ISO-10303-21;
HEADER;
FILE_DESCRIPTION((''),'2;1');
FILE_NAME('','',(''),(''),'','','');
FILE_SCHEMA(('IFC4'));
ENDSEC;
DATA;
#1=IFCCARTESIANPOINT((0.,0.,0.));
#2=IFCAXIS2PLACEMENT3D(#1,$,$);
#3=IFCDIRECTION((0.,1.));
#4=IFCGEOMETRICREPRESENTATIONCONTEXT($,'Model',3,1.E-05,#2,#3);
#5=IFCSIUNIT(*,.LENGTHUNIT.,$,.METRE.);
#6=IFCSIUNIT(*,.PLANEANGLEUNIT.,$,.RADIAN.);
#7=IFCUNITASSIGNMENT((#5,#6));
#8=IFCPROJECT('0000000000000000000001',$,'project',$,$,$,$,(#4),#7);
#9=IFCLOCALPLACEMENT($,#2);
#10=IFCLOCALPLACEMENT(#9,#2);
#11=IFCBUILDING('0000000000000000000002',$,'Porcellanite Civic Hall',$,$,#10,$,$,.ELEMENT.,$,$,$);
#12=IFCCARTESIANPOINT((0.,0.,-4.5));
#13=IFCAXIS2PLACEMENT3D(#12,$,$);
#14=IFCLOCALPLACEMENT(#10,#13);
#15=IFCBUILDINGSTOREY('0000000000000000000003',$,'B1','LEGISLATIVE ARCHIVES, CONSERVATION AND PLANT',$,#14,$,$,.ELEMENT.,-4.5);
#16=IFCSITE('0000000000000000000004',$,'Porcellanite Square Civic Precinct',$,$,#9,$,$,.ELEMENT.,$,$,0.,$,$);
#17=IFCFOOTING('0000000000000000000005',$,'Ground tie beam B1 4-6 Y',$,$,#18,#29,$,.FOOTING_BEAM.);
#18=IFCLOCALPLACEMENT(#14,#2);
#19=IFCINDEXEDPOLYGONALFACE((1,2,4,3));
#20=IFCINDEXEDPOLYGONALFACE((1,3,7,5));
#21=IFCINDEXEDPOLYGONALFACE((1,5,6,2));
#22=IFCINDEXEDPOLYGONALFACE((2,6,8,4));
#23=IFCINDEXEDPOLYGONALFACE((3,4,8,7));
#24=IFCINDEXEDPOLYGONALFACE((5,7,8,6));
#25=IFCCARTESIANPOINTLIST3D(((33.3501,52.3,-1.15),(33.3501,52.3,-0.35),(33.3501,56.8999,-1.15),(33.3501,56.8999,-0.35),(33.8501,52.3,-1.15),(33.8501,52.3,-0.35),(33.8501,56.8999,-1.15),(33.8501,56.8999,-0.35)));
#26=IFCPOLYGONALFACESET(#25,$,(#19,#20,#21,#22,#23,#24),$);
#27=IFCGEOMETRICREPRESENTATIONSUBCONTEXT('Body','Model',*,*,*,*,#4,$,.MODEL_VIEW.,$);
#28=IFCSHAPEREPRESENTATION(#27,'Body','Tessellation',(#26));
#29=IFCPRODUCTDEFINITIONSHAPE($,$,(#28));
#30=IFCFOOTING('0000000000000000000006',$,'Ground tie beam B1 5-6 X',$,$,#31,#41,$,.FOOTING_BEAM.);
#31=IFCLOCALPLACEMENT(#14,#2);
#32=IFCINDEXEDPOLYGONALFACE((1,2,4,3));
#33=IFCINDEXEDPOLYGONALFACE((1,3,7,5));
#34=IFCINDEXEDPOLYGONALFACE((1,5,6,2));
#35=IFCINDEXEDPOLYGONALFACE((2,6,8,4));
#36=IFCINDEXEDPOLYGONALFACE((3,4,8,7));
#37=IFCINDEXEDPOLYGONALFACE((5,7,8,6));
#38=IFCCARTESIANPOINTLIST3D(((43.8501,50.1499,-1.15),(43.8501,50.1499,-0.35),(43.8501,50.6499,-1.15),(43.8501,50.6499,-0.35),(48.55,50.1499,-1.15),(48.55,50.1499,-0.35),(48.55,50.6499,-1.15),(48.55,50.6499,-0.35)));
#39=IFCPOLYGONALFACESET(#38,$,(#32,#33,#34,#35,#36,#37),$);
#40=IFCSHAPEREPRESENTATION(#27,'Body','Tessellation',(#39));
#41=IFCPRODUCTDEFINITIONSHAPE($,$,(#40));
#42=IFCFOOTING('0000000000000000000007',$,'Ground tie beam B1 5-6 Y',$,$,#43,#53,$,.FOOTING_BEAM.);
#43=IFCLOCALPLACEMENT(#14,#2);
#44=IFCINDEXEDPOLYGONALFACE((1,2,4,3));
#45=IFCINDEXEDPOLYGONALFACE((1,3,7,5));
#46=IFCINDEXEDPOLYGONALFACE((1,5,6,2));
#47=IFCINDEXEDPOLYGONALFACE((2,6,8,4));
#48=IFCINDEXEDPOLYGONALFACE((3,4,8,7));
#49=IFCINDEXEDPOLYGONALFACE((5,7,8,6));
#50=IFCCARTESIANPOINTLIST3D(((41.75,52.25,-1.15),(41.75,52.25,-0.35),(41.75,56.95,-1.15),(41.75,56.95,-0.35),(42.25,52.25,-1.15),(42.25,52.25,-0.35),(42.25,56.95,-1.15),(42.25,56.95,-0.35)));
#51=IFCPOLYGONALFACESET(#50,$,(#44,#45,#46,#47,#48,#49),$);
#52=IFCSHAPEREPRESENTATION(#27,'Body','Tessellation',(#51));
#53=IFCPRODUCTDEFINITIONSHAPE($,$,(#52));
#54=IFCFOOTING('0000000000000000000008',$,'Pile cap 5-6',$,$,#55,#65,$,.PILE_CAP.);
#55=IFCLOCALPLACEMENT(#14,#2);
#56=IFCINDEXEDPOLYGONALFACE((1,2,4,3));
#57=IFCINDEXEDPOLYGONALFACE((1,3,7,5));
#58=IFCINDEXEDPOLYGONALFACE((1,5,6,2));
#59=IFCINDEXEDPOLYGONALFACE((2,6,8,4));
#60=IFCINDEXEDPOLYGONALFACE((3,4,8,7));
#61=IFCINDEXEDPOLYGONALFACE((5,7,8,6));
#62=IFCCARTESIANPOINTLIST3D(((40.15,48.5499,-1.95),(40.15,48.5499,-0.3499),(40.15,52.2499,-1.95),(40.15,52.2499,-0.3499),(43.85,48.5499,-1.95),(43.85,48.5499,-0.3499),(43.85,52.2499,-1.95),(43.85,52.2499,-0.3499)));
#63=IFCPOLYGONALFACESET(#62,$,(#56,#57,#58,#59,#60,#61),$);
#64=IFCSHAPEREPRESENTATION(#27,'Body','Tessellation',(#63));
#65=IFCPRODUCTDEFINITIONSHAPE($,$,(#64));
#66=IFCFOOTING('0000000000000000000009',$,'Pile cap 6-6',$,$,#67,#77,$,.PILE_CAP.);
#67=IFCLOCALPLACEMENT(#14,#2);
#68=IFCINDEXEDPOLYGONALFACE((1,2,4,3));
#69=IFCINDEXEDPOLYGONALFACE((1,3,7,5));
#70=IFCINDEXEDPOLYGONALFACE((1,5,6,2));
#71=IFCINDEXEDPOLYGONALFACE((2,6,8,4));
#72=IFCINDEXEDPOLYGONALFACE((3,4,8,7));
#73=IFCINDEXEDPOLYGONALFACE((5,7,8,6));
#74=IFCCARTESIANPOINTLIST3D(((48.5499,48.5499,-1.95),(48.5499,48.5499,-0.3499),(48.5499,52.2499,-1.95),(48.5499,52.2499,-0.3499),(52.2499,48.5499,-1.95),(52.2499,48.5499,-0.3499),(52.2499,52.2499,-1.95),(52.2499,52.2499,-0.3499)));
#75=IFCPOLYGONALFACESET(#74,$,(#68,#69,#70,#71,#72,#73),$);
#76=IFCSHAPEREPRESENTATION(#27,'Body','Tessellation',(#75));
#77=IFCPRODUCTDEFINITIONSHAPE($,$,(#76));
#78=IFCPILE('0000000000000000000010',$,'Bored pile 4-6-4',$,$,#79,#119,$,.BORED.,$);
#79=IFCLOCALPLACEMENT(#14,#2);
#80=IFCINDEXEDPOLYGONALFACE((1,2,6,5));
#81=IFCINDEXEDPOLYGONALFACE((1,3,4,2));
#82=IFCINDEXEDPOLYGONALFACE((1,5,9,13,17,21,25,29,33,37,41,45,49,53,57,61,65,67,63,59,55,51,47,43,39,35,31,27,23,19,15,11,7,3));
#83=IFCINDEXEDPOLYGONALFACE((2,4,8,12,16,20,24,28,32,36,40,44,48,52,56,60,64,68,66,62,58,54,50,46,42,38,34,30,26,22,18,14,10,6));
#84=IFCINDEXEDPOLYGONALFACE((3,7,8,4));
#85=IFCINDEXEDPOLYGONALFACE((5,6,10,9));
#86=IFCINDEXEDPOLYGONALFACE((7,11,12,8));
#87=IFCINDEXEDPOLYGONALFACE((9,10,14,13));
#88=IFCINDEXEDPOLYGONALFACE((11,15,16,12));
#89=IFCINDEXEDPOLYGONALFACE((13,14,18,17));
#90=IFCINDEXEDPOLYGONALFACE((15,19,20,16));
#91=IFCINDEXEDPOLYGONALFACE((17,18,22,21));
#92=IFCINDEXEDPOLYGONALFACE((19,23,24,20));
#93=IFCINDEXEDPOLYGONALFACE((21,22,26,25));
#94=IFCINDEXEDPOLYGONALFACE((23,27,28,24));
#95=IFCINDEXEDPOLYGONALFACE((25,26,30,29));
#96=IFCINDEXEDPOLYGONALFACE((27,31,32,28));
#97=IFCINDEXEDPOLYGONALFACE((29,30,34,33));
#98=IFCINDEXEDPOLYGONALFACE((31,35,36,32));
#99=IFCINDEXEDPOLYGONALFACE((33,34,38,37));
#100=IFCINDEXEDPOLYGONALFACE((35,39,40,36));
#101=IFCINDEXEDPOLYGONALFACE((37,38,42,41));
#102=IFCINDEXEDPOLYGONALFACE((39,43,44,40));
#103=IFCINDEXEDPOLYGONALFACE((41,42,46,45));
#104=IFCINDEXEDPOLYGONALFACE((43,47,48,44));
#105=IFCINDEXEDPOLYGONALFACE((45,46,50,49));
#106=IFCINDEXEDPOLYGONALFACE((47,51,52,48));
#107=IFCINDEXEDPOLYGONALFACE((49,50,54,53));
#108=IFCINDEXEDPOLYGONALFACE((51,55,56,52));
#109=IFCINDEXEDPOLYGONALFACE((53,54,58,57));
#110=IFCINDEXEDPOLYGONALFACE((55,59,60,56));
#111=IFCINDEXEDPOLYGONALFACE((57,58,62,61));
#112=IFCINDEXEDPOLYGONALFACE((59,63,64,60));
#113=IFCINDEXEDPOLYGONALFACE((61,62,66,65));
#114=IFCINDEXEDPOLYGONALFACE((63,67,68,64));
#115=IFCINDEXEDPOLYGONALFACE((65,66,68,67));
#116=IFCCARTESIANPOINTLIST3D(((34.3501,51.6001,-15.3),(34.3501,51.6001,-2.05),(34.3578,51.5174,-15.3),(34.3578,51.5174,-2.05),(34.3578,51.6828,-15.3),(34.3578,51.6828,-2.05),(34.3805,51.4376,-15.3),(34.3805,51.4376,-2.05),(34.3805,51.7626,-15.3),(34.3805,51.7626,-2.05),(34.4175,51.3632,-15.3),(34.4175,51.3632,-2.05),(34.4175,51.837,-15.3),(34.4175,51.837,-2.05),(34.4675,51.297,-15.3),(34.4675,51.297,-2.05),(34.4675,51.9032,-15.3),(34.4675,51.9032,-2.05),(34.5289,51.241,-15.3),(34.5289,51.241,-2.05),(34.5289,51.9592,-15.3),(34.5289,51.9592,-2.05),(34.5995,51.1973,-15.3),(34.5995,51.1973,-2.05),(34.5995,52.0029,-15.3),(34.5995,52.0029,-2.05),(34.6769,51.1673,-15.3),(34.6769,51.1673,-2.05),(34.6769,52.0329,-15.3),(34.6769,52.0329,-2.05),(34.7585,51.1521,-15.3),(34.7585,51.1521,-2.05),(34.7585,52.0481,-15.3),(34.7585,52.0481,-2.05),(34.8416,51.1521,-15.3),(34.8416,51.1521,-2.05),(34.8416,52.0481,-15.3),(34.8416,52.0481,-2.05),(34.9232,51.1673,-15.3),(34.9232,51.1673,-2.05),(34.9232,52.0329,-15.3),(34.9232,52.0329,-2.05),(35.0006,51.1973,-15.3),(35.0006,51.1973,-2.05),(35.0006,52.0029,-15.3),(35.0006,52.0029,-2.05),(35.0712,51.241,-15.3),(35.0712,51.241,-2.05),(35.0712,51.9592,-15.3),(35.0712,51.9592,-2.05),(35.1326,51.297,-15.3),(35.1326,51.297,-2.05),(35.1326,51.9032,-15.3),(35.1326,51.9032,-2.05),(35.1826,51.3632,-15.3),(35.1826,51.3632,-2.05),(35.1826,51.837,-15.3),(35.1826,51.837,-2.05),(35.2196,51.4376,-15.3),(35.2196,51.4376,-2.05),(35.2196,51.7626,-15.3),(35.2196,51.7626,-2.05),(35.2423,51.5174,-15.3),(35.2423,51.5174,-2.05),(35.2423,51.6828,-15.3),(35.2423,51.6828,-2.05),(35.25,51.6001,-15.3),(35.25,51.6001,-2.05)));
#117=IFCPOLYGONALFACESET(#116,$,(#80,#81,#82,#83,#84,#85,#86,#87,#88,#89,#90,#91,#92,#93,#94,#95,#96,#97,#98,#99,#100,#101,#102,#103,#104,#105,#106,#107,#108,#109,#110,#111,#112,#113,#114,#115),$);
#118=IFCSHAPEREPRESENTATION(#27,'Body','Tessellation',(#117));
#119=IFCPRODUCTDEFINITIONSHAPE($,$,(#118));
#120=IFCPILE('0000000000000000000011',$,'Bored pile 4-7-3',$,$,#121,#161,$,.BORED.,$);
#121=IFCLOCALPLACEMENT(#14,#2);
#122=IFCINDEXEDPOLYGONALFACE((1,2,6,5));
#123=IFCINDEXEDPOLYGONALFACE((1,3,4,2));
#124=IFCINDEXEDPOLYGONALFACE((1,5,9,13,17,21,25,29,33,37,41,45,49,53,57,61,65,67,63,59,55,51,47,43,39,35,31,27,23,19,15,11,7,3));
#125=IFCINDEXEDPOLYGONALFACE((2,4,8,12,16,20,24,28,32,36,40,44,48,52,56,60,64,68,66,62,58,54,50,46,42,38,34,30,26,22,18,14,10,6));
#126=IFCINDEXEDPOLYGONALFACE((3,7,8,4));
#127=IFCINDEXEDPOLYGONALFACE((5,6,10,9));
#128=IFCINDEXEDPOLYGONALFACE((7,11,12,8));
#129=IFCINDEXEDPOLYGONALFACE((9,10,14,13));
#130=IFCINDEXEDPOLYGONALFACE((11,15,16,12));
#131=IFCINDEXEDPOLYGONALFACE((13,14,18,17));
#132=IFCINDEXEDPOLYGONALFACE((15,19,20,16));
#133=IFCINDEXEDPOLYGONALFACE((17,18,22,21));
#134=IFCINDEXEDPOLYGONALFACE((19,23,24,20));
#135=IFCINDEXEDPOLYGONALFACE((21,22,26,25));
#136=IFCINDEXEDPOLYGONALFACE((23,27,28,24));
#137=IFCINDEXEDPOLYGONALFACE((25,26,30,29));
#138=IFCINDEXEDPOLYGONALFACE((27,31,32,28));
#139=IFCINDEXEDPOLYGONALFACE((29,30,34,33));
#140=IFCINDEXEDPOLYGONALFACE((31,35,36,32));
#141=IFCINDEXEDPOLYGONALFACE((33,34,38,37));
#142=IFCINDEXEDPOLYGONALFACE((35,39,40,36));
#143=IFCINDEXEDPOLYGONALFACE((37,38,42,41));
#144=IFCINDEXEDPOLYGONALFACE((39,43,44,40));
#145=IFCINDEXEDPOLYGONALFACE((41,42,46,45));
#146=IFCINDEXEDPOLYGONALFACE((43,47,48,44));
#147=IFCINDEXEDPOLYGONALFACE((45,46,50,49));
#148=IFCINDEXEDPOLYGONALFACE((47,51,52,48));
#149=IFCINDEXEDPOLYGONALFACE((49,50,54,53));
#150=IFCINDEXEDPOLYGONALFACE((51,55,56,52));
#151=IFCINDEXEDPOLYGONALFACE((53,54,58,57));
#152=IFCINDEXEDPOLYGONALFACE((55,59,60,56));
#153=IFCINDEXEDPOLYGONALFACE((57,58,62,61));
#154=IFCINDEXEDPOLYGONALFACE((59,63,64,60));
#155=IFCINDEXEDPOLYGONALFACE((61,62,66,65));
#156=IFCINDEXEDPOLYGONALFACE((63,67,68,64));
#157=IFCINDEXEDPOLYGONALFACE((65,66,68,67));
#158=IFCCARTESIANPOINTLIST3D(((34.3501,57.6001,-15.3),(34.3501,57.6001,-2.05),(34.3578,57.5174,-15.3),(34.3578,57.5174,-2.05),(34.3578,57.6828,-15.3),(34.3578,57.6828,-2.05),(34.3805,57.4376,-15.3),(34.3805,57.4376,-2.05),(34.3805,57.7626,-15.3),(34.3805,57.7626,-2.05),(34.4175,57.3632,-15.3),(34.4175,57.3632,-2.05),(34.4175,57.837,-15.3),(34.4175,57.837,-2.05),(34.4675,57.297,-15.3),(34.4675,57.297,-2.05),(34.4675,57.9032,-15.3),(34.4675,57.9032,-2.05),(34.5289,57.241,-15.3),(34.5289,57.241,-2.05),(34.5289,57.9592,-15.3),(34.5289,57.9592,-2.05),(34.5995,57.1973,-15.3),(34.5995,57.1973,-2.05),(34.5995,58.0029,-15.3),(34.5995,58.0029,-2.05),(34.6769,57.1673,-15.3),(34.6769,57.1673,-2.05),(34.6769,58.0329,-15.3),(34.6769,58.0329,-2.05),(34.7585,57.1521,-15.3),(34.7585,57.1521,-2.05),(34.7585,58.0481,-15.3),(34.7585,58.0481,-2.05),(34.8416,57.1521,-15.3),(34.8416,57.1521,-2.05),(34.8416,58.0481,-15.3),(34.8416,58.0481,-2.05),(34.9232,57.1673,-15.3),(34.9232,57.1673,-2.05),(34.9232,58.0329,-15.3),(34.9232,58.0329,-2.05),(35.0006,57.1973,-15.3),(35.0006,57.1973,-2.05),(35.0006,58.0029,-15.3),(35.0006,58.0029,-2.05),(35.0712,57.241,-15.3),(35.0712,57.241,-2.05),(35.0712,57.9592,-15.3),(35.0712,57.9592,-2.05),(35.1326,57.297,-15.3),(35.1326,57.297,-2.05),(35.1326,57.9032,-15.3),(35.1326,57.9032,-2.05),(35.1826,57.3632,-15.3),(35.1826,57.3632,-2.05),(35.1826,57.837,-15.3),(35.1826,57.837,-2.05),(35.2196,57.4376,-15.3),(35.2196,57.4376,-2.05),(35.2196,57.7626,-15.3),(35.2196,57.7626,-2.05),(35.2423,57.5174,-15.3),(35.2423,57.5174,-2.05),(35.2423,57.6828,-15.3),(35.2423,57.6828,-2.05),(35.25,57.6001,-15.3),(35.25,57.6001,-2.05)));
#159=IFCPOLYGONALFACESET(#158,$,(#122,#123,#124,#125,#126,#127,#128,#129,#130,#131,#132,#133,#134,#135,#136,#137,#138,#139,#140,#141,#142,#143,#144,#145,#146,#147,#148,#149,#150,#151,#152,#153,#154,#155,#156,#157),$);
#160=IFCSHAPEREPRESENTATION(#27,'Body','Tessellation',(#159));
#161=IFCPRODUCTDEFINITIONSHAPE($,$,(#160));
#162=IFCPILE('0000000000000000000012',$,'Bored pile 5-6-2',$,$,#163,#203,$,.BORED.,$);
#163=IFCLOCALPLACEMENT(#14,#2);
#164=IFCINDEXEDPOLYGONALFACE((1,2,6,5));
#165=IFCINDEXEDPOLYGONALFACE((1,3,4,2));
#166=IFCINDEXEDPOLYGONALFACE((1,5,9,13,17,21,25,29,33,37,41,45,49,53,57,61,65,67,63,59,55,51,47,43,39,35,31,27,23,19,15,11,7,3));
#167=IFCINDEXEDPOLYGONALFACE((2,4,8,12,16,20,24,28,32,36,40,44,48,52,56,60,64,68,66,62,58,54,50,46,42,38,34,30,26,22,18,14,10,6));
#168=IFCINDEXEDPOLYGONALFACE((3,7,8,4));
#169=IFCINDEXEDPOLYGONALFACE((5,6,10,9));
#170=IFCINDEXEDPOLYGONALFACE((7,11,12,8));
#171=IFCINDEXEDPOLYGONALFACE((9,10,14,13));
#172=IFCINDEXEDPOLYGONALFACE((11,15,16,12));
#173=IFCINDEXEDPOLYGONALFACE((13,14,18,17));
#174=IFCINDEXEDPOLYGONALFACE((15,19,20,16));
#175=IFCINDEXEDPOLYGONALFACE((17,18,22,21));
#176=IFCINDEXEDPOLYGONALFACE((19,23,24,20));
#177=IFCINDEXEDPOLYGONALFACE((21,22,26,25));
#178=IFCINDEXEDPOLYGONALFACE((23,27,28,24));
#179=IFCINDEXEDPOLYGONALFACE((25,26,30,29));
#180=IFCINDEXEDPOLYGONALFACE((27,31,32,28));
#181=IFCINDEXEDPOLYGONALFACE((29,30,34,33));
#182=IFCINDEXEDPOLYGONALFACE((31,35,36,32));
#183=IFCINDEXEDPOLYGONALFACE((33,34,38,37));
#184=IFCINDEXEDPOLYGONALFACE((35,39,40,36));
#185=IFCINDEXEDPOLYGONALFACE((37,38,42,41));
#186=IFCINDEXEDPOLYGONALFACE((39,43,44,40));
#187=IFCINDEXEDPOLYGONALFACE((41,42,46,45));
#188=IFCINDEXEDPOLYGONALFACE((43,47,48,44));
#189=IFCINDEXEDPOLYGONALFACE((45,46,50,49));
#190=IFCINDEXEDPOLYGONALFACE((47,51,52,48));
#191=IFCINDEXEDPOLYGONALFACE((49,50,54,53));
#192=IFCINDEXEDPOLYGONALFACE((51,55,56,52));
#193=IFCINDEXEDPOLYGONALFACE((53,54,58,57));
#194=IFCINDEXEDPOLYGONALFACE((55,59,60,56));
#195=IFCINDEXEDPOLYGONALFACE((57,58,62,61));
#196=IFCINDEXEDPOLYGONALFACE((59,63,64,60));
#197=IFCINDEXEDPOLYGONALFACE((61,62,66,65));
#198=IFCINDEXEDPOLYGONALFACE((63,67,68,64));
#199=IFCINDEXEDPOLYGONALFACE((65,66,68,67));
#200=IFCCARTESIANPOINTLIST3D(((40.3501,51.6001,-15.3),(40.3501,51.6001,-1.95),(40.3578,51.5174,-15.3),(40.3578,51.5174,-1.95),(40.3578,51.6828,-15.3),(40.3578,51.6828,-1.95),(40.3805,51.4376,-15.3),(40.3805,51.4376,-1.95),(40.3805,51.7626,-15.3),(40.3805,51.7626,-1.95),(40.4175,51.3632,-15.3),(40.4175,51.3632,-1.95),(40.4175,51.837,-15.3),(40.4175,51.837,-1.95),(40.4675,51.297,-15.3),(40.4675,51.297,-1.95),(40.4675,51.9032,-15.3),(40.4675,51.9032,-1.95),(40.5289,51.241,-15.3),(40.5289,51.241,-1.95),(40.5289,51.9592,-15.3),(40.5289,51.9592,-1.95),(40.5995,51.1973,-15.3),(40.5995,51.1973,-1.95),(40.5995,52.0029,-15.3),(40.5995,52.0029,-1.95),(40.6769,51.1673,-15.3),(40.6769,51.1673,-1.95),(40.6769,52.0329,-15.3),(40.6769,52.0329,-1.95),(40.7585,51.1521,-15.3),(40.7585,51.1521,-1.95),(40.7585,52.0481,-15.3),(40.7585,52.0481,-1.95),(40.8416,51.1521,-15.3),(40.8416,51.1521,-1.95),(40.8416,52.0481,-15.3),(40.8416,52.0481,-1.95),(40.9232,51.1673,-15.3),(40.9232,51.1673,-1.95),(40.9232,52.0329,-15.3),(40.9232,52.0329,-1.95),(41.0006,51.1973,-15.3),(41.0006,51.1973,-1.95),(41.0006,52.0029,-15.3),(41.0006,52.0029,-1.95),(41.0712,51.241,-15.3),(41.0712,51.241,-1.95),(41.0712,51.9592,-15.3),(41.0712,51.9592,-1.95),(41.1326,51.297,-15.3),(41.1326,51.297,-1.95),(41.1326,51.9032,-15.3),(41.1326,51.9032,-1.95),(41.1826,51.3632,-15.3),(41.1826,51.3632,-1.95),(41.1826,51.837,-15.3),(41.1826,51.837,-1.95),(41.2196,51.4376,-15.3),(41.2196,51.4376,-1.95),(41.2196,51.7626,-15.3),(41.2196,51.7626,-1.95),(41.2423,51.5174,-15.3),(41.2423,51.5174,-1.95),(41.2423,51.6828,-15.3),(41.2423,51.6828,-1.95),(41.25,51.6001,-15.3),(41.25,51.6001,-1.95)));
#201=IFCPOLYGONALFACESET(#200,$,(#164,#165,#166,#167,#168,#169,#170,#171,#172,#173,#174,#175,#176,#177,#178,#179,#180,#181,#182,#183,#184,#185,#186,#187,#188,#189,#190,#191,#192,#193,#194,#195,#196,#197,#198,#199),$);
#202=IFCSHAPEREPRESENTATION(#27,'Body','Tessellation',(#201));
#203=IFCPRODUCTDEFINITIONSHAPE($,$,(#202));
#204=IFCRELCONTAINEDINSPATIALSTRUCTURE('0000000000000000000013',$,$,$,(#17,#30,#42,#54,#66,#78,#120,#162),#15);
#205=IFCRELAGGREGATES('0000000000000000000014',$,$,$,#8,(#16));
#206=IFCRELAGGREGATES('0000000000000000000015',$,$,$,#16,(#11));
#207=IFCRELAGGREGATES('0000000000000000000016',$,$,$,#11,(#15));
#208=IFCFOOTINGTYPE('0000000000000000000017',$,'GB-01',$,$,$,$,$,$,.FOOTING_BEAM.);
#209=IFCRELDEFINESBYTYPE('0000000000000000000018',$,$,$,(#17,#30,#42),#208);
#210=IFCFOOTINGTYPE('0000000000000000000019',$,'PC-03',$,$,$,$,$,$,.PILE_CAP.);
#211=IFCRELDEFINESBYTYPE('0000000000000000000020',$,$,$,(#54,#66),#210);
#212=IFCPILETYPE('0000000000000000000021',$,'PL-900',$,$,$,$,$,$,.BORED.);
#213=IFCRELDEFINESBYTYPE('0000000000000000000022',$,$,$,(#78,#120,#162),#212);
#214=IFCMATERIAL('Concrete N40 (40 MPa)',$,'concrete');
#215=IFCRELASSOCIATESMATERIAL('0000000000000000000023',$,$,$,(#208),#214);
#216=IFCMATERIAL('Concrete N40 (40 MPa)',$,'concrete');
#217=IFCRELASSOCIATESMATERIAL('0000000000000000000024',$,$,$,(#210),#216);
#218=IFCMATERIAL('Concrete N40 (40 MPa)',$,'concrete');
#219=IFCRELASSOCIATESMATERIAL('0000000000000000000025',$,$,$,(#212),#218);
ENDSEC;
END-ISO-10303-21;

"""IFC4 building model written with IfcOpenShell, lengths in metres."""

from ifc_helpers import new_model, si_unit, direction, frame, origin, origin_2d, place, context, subcontext, project, spatial, rectangle, circle, extrude, material, material_profile, profile_set, type_object, element, save


model = new_model("IFC4")

# Units and contexts
model_context = context("Model", 3, precision=1e-05, world=origin(), true_north=direction((0.0, 1.0)))
body_context = subcontext(model_context, "Body", "Model", "MODEL_VIEW")
ifc_project = project(units=[si_unit("LENGTHUNIT", "METRE"), si_unit("PLANEANGLEUNIT", "RADIAN")], contexts=[model_context])

# Site, building, storey
site_placement = place(None, origin())
site = spatial("IfcSite", under=ifc_project, at=site_placement, Name="Porcellanite Square Civic Precinct", CompositionType="ELEMENT", RefElevation=0.0)
building_placement = place(site_placement, origin())
building = spatial("IfcBuilding", under=site, at=building_placement, Name="Porcellanite Civic Hall", CompositionType="ELEMENT")
storey_placement = place(building_placement, frame((0.0, 0.0, -4.5)))
storey = spatial("IfcBuildingStorey", under=building, at=storey_placement, Name="B1", Description="LEGISLATIVE ARCHIVES, CONSERVATION AND PLANT", CompositionType="ELEMENT", Elevation=-4.5)

# Footings
ifc_material_1 = material(Name="Concrete N40 (40 MPa)", Category="concrete")
ifc_material_profile_1 = material_profile(ifc_material_1, rectangle(XDim=0.5, YDim=0.8, at=origin_2d()), Name="RC-500x800")
ifc_profile_set_1 = profile_set([ifc_material_profile_1], Name="Concrete N40 (40 MPa)")
footing_type_1 = type_object("IfcFootingType", Name="GB-01", PredefinedType="FOOTING_BEAM", material=ifc_profile_set_1)
footing_placement = place(storey_placement, frame((33.6001, 52.3, -0.75), z_axis=(0.0, 1.0, 0.0), x_axis=(-1.0, 0.0, 0.0)))
element("IfcFooting", 1, at=footing_placement, inside=storey, type_object=footing_type_1, Name="Ground tie beam B1 4-6 Y", PredefinedType="FOOTING_BEAM", context=body_context, shape_type="SweptSolid", body=[
    extrude(rectangle(XDim=0.5, YDim=0.8, at=origin_2d()), origin(), (0.0, 0.0, 1.0), 4.5999),
])
for number, where, z_axis, x_axis, name in (
    (2, (43.8501, 50.3999, -0.75), (1.0, 0.0, 0.0), (0.0, 1.0, 0.0), "Ground tie beam B1 5-6 X"),
    (3, (42.0, 52.25, -0.75), (0.0, 1.0, 0.0), (-1.0, 0.0, 0.0), "Ground tie beam B1 5-6 Y"),
):
    element("IfcFooting", number, at=place(storey_placement, frame(where, z_axis=z_axis, x_axis=x_axis)), inside=storey, type_object=footing_type_1, Name=name, PredefinedType="FOOTING_BEAM", context=body_context, shape_type="SweptSolid", body=[
        extrude(rectangle(XDim=0.5, YDim=0.8, at=origin_2d()), origin(), (0.0, 0.0, 1.0), 4.7),
    ])
ifc_material_2 = material(Name="Concrete N40 (40 MPa)", Category="concrete")
footing_type_2 = type_object("IfcFootingType", Name="PC-03", PredefinedType="PILE_CAP", material=ifc_material_2)
for number, where, z_axis, x_axis, name in (
    (4, (42.0, 50.3999, -1.95), (0.0, 0.0, 1.0), (1.0, 0.0, 0.0), "Pile cap 5-6"),
    (5, (50.3999, 50.3999, -1.95), (0.0, 0.0, 1.0), (1.0, 0.0, 0.0), "Pile cap 6-6"),
):
    element("IfcFooting", number, at=place(storey_placement, frame(where, z_axis=z_axis, x_axis=x_axis)), inside=storey, type_object=footing_type_2, Name=name, PredefinedType="PILE_CAP", context=body_context, shape_type="SweptSolid", body=[
        extrude(rectangle(XDim=3.7, YDim=3.7, at=origin_2d()), origin(), (0.0, 0.0, 1.0), 1.6001),
    ])

# Piles
ifc_material_3 = material(Name="Concrete N40 (40 MPa)", Category="concrete")
ifc_material_profile_2 = material_profile(ifc_material_3, circle(Radius=0.45, at=origin_2d()), Name="PILE-D900")
ifc_profile_set_2 = profile_set([ifc_material_profile_2], Name="Concrete N40 (40 MPa)")
pile_type = type_object("IfcPileType", Name="PL-900", PredefinedType="BORED", material=ifc_profile_set_2)
for number, where, z_axis, x_axis, name in (
    (6, (34.8, 51.6001, -2.05), (0.0, 0.0, -1.0), (1.0, 0.0, 0.0), "Bored pile 4-6-4"),
    (7, (34.8, 57.6001, -2.05), (0.0, 0.0, -1.0), (1.0, 0.0, 0.0), "Bored pile 4-7-3"),
):
    element("IfcPile", number, at=place(storey_placement, frame(where, z_axis=z_axis, x_axis=x_axis)), inside=storey, type_object=pile_type, Name=name, PredefinedType="BORED", context=body_context, shape_type="SweptSolid", body=[
        extrude(circle(Radius=0.45, at=origin_2d()), origin(), (0.0, 0.0, 1.0), 13.25),
    ])
for number, where, z_axis, x_axis, name in (
    (8, (40.8, 51.6001, -1.95), (0.0, 0.0, -1.0), (1.0, 0.0, 0.0), "Bored pile 5-6-2"),
):
    element("IfcPile", number, at=place(storey_placement, frame(where, z_axis=z_axis, x_axis=x_axis)), inside=storey, type_object=pile_type, Name=name, PredefinedType="BORED", context=body_context, shape_type="SweptSolid", body=[
        extrude(circle(Radius=0.45, at=origin_2d()), origin(), (0.0, 0.0, 1.0), 13.3501),
    ])

save(model, "model.ifc")
